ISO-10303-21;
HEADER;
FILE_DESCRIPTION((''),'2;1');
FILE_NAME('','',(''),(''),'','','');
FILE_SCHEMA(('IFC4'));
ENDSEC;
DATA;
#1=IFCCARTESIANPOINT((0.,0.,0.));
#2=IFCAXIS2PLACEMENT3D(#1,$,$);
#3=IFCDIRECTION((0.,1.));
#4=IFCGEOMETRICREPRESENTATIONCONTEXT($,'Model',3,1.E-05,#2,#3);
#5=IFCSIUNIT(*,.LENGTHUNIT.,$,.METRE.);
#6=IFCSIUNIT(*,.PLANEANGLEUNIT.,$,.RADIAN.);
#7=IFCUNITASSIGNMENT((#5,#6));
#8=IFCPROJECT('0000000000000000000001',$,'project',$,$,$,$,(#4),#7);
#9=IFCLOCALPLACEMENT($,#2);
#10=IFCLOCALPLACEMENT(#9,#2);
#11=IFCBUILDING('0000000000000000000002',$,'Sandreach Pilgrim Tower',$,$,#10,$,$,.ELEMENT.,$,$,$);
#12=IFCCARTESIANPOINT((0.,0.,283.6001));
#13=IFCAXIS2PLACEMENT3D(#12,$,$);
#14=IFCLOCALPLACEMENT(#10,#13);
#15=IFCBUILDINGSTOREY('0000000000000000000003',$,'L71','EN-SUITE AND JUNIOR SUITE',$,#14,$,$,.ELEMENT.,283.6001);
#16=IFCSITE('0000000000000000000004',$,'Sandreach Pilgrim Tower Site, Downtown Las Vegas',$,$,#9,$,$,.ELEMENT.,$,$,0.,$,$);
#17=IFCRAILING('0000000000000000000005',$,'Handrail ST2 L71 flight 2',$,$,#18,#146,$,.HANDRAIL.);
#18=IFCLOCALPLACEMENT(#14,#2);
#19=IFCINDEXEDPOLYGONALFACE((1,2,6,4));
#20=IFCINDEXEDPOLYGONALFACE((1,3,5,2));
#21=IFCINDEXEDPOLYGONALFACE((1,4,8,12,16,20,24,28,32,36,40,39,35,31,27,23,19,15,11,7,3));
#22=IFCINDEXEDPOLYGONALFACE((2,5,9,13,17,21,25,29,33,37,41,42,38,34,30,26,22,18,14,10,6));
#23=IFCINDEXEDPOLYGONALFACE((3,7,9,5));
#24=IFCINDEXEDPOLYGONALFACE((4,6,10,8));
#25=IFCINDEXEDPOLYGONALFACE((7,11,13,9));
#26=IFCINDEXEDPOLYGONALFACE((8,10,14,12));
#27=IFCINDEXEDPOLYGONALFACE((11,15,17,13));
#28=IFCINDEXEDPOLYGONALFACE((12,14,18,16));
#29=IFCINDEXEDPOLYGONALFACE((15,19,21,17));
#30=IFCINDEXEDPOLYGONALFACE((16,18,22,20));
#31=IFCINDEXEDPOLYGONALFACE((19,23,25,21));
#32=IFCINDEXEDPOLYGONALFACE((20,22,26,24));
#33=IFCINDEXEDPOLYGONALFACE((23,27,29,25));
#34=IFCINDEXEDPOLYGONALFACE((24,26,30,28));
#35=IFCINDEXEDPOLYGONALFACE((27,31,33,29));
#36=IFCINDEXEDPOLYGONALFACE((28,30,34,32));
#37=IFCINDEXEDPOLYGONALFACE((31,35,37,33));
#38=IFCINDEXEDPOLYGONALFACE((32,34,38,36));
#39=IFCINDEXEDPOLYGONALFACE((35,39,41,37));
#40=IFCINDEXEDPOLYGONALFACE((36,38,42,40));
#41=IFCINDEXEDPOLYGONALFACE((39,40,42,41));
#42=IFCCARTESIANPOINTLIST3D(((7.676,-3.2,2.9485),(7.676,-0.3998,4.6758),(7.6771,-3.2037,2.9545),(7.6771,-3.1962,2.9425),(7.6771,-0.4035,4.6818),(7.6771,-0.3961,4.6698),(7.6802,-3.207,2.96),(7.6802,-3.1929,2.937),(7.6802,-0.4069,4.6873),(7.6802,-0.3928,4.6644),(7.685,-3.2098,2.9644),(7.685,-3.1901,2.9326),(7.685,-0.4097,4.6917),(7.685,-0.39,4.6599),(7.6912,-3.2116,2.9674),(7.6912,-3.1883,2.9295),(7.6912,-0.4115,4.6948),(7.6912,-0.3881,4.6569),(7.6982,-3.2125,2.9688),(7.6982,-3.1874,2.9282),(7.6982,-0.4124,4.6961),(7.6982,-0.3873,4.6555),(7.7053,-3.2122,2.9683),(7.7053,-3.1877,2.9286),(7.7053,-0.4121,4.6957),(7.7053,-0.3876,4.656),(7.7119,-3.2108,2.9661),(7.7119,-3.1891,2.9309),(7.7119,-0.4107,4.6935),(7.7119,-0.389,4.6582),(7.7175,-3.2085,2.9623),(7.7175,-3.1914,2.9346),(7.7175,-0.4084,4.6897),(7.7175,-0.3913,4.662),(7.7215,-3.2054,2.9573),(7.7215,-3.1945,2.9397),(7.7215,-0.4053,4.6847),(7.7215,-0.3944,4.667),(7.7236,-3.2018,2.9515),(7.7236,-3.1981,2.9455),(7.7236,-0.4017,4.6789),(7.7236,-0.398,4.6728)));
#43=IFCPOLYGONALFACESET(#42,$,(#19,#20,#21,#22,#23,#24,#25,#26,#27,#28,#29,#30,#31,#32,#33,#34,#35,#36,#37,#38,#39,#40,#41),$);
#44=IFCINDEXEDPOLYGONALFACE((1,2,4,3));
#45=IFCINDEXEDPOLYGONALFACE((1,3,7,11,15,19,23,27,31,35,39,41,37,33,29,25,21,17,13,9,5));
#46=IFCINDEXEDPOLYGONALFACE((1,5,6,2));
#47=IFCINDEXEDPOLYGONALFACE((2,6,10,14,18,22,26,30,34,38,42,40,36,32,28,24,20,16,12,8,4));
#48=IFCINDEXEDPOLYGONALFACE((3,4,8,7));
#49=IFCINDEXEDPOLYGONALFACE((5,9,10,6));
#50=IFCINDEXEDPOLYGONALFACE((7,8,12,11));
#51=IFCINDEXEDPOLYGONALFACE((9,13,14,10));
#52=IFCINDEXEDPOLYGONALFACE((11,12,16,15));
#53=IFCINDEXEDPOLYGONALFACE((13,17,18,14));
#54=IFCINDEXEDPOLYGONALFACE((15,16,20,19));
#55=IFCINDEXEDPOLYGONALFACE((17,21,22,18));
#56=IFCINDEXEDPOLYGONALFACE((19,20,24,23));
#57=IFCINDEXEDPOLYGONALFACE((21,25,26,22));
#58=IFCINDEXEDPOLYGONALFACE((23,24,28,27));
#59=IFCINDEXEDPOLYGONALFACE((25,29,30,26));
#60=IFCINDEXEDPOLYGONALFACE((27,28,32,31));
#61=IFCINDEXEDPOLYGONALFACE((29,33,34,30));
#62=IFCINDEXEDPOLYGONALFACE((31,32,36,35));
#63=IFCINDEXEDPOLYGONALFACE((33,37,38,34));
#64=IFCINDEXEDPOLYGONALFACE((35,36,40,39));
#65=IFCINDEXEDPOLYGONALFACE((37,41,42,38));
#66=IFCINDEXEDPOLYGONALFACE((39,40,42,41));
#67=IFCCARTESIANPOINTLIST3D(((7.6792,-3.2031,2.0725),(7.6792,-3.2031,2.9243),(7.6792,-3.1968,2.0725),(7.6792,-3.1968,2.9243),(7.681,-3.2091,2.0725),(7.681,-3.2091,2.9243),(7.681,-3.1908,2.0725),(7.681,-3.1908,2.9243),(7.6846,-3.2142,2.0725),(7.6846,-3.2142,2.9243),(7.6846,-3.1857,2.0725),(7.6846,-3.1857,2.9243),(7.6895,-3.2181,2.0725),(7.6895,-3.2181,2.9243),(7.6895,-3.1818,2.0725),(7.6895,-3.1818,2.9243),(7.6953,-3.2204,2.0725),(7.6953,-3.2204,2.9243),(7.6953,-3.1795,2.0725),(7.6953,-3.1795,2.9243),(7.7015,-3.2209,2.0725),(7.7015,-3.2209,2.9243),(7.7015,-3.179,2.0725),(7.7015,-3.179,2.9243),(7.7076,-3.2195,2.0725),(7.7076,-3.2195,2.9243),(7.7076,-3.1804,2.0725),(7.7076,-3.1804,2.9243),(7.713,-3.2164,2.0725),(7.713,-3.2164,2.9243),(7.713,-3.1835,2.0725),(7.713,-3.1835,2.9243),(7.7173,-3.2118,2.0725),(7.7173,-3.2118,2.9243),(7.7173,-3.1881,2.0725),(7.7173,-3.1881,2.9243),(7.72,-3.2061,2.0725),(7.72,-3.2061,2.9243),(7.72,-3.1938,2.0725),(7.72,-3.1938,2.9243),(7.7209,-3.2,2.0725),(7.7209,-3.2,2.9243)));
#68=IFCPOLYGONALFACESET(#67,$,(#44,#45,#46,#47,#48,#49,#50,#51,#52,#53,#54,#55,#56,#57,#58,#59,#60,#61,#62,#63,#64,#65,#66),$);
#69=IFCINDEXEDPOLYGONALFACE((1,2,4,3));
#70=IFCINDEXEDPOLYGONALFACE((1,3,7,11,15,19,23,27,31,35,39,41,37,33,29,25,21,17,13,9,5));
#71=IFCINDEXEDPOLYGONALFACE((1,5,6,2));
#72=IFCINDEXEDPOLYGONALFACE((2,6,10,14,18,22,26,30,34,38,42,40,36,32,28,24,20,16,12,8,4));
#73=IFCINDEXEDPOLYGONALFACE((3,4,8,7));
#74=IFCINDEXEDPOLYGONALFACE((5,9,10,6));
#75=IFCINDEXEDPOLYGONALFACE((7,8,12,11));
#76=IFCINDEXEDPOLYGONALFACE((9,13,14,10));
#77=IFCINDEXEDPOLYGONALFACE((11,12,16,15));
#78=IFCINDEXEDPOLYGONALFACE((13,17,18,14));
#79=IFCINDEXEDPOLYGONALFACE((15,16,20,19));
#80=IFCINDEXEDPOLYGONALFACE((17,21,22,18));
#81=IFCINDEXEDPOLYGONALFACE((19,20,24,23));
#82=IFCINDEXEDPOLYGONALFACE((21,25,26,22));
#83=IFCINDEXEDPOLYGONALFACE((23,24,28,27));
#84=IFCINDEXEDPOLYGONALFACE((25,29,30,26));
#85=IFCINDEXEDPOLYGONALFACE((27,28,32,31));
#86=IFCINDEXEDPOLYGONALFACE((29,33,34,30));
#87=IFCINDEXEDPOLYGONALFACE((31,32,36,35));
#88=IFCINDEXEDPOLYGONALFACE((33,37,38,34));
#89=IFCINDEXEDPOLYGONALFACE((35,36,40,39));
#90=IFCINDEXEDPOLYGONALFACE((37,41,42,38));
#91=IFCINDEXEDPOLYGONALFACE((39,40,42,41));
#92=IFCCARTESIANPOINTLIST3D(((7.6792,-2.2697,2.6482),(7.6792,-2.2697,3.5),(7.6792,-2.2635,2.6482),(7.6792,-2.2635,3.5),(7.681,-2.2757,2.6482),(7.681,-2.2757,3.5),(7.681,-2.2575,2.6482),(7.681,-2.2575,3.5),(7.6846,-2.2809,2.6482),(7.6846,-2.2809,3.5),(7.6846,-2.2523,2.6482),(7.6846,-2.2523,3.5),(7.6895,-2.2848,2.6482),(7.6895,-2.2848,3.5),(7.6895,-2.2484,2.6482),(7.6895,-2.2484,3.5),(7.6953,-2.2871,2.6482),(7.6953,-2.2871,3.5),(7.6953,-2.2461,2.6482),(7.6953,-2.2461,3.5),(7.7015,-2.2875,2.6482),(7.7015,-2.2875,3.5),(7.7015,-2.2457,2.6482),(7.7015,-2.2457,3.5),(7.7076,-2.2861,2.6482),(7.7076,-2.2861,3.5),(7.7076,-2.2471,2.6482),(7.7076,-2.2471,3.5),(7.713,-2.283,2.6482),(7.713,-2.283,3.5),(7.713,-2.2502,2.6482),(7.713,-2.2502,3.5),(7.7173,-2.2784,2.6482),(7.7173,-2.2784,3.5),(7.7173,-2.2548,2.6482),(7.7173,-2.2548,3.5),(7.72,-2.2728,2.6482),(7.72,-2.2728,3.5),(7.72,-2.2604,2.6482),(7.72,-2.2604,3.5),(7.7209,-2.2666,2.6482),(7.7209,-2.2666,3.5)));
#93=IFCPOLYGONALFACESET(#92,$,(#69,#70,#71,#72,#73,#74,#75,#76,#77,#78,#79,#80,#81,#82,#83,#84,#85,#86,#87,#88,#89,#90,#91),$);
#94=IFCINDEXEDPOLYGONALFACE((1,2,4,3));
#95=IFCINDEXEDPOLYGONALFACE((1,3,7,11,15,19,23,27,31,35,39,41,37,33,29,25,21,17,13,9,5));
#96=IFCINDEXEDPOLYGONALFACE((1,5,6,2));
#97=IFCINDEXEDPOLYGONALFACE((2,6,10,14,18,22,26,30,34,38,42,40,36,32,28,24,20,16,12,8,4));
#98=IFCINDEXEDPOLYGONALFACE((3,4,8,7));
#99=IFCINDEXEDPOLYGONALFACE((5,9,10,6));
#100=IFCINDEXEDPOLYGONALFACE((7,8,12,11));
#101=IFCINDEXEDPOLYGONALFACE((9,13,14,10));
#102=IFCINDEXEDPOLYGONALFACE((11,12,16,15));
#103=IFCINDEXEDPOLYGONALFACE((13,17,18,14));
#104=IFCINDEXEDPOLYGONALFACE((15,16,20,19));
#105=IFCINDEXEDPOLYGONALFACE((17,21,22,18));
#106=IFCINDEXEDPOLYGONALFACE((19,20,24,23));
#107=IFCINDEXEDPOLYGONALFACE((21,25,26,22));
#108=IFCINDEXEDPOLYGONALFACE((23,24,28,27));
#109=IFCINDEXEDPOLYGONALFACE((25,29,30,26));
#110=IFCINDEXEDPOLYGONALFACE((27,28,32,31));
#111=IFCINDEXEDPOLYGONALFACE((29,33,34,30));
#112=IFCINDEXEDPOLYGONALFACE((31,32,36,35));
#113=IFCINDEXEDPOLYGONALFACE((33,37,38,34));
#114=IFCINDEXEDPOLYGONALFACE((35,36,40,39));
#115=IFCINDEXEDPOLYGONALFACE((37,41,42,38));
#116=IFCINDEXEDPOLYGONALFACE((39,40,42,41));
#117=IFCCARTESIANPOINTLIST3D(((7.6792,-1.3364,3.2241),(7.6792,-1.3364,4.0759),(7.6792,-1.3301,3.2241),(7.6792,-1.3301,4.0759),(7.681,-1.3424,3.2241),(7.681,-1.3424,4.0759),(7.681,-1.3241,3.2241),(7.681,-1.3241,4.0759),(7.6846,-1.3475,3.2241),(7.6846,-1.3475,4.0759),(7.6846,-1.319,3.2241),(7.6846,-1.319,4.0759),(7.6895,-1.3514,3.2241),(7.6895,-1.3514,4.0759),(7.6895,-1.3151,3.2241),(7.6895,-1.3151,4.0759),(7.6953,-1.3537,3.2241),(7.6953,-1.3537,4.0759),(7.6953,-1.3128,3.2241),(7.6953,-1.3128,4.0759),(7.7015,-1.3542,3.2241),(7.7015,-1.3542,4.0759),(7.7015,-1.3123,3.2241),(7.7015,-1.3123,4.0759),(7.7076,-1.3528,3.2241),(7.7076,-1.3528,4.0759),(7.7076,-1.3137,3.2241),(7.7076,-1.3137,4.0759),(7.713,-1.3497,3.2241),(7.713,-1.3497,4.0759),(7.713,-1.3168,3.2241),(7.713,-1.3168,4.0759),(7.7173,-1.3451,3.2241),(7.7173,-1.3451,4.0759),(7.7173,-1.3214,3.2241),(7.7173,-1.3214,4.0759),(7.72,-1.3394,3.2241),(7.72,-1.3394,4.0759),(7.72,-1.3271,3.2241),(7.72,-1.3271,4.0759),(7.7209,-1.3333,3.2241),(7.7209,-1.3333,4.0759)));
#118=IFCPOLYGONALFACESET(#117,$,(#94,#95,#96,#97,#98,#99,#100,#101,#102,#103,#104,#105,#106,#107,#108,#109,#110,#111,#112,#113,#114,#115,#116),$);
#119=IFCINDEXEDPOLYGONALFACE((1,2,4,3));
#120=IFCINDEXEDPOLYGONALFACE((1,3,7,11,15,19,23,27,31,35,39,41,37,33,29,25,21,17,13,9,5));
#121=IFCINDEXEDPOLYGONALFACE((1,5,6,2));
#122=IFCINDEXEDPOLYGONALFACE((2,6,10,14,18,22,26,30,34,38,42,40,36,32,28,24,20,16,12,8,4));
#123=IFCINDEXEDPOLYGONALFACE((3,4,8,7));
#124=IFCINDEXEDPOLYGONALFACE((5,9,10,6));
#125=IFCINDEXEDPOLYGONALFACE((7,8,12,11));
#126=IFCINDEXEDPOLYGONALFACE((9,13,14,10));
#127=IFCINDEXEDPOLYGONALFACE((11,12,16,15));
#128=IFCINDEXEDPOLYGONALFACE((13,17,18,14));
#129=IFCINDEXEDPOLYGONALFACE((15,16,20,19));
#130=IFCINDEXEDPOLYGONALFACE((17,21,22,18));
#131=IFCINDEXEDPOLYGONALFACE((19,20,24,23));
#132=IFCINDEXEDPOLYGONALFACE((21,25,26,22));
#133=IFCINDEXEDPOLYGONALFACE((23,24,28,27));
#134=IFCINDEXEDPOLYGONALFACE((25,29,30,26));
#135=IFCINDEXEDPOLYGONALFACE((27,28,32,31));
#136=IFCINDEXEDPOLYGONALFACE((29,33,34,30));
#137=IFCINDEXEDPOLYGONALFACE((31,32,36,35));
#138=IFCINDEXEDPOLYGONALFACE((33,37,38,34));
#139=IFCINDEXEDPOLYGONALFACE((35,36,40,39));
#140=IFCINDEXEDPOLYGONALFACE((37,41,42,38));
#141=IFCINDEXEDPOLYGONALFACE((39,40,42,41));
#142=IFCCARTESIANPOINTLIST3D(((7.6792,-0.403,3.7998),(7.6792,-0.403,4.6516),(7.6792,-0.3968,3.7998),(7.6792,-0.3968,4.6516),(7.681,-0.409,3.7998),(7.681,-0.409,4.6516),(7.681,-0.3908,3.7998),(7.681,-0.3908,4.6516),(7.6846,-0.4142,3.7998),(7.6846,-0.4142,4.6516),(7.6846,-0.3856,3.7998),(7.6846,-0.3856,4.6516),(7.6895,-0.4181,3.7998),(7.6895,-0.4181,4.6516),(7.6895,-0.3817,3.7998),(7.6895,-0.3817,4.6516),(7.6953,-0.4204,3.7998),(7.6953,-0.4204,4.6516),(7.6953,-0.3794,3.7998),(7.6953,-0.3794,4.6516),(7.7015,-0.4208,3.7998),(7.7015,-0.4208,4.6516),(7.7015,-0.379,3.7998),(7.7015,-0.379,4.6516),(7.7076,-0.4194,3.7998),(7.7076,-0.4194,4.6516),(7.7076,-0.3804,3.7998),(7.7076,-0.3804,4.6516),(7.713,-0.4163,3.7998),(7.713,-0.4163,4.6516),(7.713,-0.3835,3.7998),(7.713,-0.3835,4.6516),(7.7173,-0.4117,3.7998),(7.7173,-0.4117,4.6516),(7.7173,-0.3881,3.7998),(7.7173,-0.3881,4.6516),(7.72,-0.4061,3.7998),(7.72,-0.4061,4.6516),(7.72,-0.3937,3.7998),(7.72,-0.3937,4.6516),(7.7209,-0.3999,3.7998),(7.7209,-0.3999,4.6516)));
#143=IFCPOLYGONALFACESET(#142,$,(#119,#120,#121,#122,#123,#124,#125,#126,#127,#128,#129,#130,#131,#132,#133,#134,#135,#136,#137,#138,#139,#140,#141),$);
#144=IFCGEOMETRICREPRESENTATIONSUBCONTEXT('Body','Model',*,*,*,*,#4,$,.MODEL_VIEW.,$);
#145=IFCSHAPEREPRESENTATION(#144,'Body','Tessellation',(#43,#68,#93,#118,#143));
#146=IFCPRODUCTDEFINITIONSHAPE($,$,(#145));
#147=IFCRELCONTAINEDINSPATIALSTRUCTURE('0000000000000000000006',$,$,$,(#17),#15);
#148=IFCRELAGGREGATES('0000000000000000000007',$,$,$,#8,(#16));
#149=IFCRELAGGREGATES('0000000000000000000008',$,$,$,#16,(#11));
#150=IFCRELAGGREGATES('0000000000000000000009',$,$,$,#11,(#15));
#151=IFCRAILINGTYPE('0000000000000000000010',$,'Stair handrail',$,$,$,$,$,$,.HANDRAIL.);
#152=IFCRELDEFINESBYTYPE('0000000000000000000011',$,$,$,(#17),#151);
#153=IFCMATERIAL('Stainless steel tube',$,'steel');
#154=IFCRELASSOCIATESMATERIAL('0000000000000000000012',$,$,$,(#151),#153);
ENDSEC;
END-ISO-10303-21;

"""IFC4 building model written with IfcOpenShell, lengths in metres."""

from ifc_helpers import new_model, si_unit, direction, frame, origin, origin_2d, place, context, subcontext, project, spatial, circle, extrude, material, type_object, element, save


model = new_model("IFC4")

# Units and contexts
model_context = context("Model", 3, precision=1e-05, world=origin(), true_north=direction((0.0, 1.0)))
body_context = subcontext(model_context, "Body", "Model", "MODEL_VIEW")
ifc_project = project(units=[si_unit("LENGTHUNIT", "METRE"), si_unit("PLANEANGLEUNIT", "RADIAN")], contexts=[model_context])

# Site, building, storey
site_placement = place(None, origin())
site = spatial("IfcSite", under=ifc_project, at=site_placement, Name="Sandreach Pilgrim Tower Site, Downtown Las Vegas", CompositionType="ELEMENT", RefElevation=0.0)
building_placement = place(site_placement, origin())
building = spatial("IfcBuilding", under=site, at=building_placement, Name="Sandreach Pilgrim Tower", CompositionType="ELEMENT")
storey_placement = place(building_placement, frame((0.0, 0.0, 283.6001)))
storey = spatial("IfcBuildingStorey", under=building, at=storey_placement, Name="L71", Description="EN-SUITE AND JUNIOR SUITE", CompositionType="ELEMENT", Elevation=283.6001)

# Railing
ifc_material_1 = material(Name="Stainless steel tube", Category="steel")
railing_type = type_object("IfcRailingType", Name="Stair handrail", PredefinedType="HANDRAIL", material=ifc_material_1)
for number, where, name in (
    (1, (7.7, -3.2, 2.0725), "Handrail ST2 L71 flight 2"),
):
    element("IfcRailing", number, at=place(storey_placement, frame(where)), inside=storey, type_object=railing_type, Name=name, PredefinedType="HANDRAIL", context=body_context, shape_type="SweptSolid", body=[
        extrude(circle(Radius=0.0239, at=origin_2d()), frame((0.0, 0.0, 0.876), z_axis=(0.0, 0.85109, 0.52502), x_axis=(-1.0, 0.0, 0.0)), (0.0, 0.0, 1.0), 3.29),
        extrude(circle(Radius=0.021, at=origin_2d()), origin(), (0.0, 0.0, 1.0), 0.8518),
        extrude(circle(Radius=0.021, at=origin_2d()), frame((0.0, 0.9333, 0.5757)), (0.0, 0.0, 1.0), 0.8518),
        extrude(circle(Radius=0.021, at=origin_2d()), frame((0.0, 1.8667, 1.1516)), (0.0, 0.0, 1.0), 0.8518),
        extrude(circle(Radius=0.021, at=origin_2d()), frame((0.0, 2.8, 1.7273)), (0.0, 0.0, 1.0), 0.8518),
    ])

save(model, "model.ifc")
